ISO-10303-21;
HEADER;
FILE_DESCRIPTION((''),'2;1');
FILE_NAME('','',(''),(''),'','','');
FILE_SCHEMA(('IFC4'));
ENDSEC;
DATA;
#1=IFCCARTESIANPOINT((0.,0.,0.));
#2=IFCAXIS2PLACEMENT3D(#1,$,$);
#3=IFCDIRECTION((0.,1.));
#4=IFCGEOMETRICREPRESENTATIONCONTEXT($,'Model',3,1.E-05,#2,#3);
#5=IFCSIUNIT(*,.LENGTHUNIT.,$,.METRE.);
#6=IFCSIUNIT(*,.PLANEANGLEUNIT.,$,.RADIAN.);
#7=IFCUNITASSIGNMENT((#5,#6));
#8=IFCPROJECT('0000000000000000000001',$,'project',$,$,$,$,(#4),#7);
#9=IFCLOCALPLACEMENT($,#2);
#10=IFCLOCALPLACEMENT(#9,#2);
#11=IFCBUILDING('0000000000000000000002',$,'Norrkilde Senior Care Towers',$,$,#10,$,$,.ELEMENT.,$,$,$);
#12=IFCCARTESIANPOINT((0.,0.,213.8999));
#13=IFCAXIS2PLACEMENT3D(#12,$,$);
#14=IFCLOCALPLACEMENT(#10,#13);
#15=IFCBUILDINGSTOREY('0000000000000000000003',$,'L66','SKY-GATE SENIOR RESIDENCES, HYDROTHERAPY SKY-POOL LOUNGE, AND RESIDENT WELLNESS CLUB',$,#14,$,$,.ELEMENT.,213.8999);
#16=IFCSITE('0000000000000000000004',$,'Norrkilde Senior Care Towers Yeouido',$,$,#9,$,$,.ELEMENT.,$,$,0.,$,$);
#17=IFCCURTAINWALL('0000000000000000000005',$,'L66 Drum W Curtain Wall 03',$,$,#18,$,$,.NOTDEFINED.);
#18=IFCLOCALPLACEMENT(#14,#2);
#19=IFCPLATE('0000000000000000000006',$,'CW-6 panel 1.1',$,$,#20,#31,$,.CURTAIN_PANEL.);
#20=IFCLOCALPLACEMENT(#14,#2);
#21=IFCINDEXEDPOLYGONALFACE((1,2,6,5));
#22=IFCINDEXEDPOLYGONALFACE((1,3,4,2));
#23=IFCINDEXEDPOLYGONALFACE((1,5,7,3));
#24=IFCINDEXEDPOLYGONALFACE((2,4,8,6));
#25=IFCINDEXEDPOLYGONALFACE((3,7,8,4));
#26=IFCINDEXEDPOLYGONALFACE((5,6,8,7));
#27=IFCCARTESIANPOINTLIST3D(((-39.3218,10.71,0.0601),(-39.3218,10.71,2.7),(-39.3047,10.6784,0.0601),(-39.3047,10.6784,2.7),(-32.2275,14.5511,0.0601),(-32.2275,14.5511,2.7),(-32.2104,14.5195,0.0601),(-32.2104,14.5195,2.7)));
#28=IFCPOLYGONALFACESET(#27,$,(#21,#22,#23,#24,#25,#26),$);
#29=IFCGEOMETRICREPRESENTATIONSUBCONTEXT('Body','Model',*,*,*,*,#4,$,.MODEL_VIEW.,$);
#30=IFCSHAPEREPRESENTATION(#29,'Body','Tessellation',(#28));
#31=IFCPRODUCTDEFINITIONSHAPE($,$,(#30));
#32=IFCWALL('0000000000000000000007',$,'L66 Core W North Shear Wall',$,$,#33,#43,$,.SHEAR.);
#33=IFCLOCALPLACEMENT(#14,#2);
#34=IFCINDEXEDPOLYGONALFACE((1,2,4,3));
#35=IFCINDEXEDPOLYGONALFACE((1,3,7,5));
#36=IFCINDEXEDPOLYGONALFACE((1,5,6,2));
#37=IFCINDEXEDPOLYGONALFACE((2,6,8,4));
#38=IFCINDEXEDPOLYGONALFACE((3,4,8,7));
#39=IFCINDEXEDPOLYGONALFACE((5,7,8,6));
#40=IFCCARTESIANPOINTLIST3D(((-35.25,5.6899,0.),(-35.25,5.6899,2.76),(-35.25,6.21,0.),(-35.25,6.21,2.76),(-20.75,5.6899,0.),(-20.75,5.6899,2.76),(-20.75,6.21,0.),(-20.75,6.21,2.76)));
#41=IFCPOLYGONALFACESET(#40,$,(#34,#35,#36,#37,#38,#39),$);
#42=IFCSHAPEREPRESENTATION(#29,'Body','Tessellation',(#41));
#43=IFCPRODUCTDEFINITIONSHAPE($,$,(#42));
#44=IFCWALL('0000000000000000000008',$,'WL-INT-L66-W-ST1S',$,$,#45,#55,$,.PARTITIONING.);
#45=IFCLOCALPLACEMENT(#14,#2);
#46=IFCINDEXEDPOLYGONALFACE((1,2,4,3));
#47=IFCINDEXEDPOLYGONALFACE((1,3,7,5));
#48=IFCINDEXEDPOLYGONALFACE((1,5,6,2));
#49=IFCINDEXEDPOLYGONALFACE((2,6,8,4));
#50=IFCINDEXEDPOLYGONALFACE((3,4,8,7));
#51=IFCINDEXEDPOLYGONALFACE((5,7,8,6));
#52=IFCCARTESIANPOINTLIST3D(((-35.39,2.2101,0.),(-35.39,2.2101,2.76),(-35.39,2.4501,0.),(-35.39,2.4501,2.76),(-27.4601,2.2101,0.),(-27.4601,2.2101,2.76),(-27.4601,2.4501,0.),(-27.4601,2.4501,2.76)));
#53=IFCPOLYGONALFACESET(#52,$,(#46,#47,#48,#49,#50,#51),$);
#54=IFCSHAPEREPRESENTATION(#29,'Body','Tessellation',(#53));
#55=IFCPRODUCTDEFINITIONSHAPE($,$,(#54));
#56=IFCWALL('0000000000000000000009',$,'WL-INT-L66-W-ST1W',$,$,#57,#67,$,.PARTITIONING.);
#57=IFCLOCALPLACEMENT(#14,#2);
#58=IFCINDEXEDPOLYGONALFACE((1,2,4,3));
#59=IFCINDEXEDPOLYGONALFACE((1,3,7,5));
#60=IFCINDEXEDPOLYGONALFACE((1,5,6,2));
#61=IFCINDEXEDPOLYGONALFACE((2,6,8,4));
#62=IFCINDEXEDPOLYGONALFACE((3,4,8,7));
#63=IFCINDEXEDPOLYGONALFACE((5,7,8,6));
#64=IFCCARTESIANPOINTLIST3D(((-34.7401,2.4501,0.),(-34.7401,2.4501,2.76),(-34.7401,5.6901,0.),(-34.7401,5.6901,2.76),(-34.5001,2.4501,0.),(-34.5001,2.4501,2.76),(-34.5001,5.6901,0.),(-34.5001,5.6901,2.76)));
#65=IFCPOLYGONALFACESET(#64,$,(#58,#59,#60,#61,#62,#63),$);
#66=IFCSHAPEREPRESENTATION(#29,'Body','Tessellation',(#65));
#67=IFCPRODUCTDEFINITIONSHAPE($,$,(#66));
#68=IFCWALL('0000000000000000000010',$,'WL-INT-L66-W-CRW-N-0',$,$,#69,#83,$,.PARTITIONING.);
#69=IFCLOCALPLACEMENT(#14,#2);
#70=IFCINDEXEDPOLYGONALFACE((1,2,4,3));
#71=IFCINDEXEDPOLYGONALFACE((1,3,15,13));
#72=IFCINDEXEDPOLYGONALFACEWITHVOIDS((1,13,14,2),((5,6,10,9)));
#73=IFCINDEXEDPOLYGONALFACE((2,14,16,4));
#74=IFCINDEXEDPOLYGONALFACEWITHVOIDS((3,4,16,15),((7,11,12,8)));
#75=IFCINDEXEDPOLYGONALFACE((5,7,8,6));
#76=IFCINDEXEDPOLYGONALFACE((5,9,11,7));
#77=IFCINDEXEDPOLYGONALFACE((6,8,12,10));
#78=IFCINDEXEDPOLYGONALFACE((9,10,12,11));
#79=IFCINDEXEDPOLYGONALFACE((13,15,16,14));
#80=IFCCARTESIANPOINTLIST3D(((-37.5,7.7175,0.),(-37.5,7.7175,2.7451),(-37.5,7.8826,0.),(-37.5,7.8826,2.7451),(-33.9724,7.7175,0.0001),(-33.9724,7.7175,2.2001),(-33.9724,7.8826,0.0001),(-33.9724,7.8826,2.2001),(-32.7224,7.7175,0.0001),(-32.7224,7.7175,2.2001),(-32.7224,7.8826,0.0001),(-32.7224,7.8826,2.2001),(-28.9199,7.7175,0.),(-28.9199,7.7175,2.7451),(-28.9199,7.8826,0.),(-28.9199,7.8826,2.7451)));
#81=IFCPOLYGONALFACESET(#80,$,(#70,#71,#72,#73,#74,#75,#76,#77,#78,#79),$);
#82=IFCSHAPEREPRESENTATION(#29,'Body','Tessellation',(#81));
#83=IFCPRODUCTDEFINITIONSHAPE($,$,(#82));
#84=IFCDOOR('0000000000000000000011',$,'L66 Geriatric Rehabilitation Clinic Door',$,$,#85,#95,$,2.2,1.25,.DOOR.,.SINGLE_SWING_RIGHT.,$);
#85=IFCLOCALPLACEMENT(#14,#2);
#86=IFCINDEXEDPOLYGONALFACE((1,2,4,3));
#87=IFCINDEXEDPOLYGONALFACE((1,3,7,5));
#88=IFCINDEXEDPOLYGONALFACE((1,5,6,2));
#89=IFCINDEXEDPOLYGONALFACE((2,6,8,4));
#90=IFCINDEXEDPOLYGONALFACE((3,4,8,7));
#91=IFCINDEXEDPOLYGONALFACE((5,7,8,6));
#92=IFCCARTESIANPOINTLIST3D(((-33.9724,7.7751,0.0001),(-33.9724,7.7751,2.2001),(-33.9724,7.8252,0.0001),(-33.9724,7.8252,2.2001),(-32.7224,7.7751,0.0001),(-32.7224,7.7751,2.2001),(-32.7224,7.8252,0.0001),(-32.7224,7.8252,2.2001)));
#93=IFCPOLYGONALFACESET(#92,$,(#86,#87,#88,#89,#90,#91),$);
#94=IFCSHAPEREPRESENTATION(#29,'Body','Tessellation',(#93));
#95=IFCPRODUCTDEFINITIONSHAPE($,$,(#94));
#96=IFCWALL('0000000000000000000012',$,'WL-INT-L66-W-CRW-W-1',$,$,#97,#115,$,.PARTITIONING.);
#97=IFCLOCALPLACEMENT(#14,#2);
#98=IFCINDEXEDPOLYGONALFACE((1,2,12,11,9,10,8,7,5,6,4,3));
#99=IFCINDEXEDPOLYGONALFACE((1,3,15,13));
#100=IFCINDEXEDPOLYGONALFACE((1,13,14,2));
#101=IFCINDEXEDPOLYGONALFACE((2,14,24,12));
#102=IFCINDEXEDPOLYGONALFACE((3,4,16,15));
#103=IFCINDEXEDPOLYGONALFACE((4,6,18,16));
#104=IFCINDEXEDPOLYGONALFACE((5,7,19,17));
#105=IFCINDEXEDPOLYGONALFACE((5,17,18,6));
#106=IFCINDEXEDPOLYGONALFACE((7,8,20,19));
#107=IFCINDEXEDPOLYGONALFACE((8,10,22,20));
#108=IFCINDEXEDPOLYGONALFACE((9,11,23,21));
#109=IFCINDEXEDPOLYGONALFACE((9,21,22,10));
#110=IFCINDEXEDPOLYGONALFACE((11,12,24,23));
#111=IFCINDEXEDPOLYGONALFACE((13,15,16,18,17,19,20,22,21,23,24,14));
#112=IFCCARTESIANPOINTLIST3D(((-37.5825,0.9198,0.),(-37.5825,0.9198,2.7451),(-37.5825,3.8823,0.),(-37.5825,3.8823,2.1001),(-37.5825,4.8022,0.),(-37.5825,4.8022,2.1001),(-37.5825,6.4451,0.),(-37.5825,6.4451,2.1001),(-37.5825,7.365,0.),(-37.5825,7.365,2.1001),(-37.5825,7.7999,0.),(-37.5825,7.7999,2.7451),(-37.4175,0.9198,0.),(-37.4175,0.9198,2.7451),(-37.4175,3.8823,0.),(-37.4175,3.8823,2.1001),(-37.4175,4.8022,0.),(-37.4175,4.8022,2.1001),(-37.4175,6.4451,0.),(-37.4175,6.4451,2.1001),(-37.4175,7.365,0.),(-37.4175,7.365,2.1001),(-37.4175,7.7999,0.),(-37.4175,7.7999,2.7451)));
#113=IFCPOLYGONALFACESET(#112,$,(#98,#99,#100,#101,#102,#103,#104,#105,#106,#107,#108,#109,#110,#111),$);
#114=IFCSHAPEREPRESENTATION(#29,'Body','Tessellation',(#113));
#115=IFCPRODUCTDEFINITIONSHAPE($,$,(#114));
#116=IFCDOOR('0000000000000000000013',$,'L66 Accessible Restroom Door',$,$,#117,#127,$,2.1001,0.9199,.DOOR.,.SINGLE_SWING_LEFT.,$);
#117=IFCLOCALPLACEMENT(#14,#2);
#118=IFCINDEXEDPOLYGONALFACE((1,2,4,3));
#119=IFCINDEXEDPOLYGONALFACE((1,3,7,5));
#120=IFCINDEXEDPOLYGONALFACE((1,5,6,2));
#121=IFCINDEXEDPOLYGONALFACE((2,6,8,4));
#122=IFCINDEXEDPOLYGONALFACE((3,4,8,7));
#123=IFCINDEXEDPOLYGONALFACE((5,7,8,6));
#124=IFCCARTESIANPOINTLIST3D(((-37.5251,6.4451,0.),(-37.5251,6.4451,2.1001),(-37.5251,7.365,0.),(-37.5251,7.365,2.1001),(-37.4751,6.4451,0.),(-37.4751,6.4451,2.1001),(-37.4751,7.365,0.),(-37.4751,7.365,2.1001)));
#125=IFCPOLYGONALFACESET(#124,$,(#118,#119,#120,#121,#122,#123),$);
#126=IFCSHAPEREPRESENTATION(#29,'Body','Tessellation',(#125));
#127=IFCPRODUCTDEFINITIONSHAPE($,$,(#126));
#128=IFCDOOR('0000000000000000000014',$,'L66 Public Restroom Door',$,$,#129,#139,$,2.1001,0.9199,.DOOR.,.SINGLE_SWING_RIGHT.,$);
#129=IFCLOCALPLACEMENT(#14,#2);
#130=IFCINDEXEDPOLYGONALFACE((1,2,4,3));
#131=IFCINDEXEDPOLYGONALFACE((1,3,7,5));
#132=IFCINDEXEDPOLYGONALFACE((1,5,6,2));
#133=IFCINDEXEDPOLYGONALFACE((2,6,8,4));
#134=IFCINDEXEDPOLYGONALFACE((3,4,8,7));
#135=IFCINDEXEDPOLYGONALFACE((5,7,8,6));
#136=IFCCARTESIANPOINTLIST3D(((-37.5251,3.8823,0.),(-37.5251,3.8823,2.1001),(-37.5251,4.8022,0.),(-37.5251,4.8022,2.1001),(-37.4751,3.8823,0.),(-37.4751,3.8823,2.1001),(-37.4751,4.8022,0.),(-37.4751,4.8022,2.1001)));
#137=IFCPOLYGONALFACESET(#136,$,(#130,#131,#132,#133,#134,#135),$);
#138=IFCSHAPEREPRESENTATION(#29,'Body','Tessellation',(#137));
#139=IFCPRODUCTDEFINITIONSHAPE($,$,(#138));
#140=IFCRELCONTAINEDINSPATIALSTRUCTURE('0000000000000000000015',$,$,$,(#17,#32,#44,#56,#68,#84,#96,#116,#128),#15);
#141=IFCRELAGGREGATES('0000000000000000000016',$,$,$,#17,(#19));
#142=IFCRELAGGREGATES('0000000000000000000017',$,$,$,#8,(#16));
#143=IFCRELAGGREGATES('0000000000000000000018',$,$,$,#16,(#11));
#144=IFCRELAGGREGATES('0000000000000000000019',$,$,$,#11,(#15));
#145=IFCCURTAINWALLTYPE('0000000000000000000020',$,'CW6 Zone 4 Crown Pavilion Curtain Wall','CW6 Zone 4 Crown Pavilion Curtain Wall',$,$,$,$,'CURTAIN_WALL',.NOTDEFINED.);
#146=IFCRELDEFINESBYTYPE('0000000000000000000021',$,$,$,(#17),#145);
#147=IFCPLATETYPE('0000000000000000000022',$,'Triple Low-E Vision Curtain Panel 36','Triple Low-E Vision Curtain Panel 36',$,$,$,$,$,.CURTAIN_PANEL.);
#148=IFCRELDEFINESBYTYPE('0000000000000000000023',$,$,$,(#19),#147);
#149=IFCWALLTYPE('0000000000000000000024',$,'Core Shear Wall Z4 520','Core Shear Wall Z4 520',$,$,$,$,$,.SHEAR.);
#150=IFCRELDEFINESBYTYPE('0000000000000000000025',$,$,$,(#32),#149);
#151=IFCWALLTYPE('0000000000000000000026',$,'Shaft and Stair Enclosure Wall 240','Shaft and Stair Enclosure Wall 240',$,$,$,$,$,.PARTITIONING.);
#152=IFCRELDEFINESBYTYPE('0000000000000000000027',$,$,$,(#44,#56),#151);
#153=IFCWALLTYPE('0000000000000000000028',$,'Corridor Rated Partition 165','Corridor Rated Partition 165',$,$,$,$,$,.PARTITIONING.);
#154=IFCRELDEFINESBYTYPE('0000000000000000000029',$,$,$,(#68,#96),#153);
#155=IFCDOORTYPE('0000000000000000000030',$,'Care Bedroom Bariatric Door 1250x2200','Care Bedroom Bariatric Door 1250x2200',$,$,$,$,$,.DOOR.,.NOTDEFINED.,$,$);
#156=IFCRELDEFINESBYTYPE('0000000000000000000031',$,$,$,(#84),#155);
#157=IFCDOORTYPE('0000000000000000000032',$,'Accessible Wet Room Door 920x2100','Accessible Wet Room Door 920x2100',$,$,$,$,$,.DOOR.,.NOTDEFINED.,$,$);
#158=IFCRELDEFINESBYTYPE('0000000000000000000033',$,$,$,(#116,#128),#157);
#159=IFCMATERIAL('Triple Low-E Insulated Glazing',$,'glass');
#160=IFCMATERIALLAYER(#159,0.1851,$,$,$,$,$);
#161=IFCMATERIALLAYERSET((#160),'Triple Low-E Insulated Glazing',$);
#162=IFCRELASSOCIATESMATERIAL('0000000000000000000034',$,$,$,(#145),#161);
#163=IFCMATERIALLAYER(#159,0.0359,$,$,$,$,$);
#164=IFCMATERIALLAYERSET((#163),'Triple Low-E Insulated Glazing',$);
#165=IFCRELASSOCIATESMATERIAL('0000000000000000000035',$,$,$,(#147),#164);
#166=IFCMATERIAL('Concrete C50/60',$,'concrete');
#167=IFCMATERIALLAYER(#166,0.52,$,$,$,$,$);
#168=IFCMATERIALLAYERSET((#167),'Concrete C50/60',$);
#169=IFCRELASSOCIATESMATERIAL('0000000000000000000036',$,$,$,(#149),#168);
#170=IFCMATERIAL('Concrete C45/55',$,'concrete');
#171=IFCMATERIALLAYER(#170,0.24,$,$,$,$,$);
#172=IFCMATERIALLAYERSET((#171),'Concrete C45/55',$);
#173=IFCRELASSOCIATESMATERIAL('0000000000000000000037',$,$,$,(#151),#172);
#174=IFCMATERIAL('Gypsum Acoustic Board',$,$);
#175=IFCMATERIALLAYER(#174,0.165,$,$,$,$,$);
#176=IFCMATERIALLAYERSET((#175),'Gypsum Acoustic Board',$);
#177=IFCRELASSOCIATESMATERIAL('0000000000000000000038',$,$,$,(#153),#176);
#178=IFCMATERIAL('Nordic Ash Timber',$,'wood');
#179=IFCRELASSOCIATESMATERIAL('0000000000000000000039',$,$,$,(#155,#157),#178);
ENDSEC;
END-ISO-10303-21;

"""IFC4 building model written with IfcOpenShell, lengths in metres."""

from ifc_helpers import new_model, si_unit, direction, frame, frame_2d, origin, origin_2d, place, context, subcontext, project, spatial, rectangle, extrude, source, transform, mapped, material, layer, layer_set, type_object, type_shapes, element, fill, aggregate, save


model = new_model("IFC4")

# Units and contexts
model_context = context("Model", 3, precision=1e-05, world=origin(), true_north=direction((0.0, 1.0)))
body_context = subcontext(model_context, "Body", "Model", "MODEL_VIEW")
ifc_project = project(units=[si_unit("LENGTHUNIT", "METRE"), si_unit("PLANEANGLEUNIT", "RADIAN")], contexts=[model_context])

# Site, building, storey
site_placement = place(None, origin())
site = spatial("IfcSite", under=ifc_project, at=site_placement, Name="Norrkilde Senior Care Towers Yeouido", CompositionType="ELEMENT", RefElevation=0.0)
building_placement = place(site_placement, origin())
building = spatial("IfcBuilding", under=site, at=building_placement, Name="Norrkilde Senior Care Towers", CompositionType="ELEMENT")
storey_placement = place(building_placement, frame((0.0, 0.0, 213.8999)))
storey = spatial("IfcBuildingStorey", under=building, at=storey_placement, Name="L66", Description="SKY-GATE SENIOR RESIDENCES, HYDROTHERAPY SKY-POOL LOUNGE, AND RESIDENT WELLNESS CLUB", CompositionType="ELEMENT", Elevation=213.8999)

# Shared definitions
ifc_material_1 = material(Name="Concrete C50/60", Category="concrete")

# Curtain wall
ifc_material_2 = material(Name="Triple Low-E Insulated Glazing", Category="glass")
ifc_layer_1 = layer(ifc_material_2, 0.1851)
ifc_layer_set_1 = layer_set([ifc_layer_1], Name="Triple Low-E Insulated Glazing")
curtain_wall_type = type_object("IfcCurtainWallType", Name="CW6 Zone 4 Crown Pavilion Curtain Wall", Description="CW6 Zone 4 Crown Pavilion Curtain Wall", ElementType="CURTAIN_WALL", PredefinedType="NOTDEFINED", material=ifc_layer_set_1)
curtain_wall_1_placement = place(storey_placement, origin())
curtain_wall_1 = element("IfcCurtainWall", 1, at=curtain_wall_1_placement, inside=storey, type_object=curtain_wall_type, Name="L66 Drum W Curtain Wall 03", PredefinedType="NOTDEFINED")

# Plate
ifc_layer_2 = layer(ifc_material_2, 0.0359)
ifc_layer_set_2 = layer_set([ifc_layer_2], Name="Triple Low-E Insulated Glazing")
plate_type = type_object("IfcPlateType", Name="Triple Low-E Vision Curtain Panel 36", Description="Triple Low-E Vision Curtain Panel 36", PredefinedType="CURTAIN_PANEL", material=ifc_layer_set_2)
shared_shape_1 = source(origin(), body_context, "Body", "SweptSolid", [
    extrude(rectangle(XDim=8.0674, YDim=0.0359, at=origin_2d()), origin(), (0.0, 0.0, 1.0), 2.6399),
])
plate_1_placement = place(storey_placement, frame((-35.7661, 12.6147, 0.0601), z_axis=(0.0, 0.0, 1.0), x_axis=(0.879373, 0.476133, 0.0)))
plate_1 = element("IfcPlate", 2, at=plate_1_placement, type_object=plate_type, Name="CW-6 panel 1.1", PredefinedType="CURTAIN_PANEL", context=body_context, shape_type="MappedRepresentation", body=[
    mapped(shared_shape_1, transform((0.0, 0.0, 0.0), x_axis=(1.0, 0.0, 0.0), y_axis=(0.0, 1.0, 0.0), z_axis=(0.0, 0.0, 1.0), scale=1.0)),
])
aggregate(curtain_wall_1, [plate_1])

# Walls
ifc_layer_3 = layer(ifc_material_1, 0.52)
ifc_layer_set_3 = layer_set([ifc_layer_3], Name="Concrete C50/60")
wall_type_1 = type_object("IfcWallType", Name="Core Shear Wall Z4 520", Description="Core Shear Wall Z4 520", PredefinedType="SHEAR", material=ifc_layer_set_3)
shared_shape_2 = source(origin(), body_context, "Body", "SweptSolid", [
    extrude(rectangle(XDim=14.5, YDim=0.52, at=frame_2d((7.25, 0.0))), origin(), (0.0, 0.0, 1.0), 2.76),
])
type_shapes(wall_type_1, [shared_shape_2])
wall_1_placement = place(storey_placement, frame((-35.25, 5.95, 0.0), z_axis=(0.0, 0.0, 1.0), x_axis=(1.0, 0.0, 0.0)))
element("IfcWall", 3, at=wall_1_placement, inside=storey, type_object=wall_type_1, Name="L66 Core W North Shear Wall", PredefinedType="SHEAR", context=body_context, shape_type="MappedRepresentation", body=[
    mapped(shared_shape_2, transform((0.0, 0.0, 0.0), x_axis=(1.0, 0.0, 0.0), y_axis=(0.0, 1.0, 0.0), z_axis=(0.0, 0.0, 1.0), scale=1.0)),
])
ifc_material_3 = material(Name="Concrete C45/55", Category="concrete")
ifc_layer_4 = layer(ifc_material_3, 0.24)
ifc_layer_set_4 = layer_set([ifc_layer_4], Name="Concrete C45/55")
wall_type_2 = type_object("IfcWallType", Name="Shaft and Stair Enclosure Wall 240", Description="Shaft and Stair Enclosure Wall 240", PredefinedType="PARTITIONING", material=ifc_layer_set_4)
shared_shape_3 = source(origin(), body_context, "Body", "SweptSolid", [
    extrude(rectangle(XDim=7.9299, YDim=0.24, at=frame_2d((3.9648, 0.0))), origin(), (0.0, 0.0, 1.0), 2.76),
])
wall_2_placement = place(storey_placement, frame((-35.3899, 2.3301, 0.0), z_axis=(0.0, 0.0, 1.0), x_axis=(1.0, 0.0, 0.0)))
element("IfcWall", 4, at=wall_2_placement, inside=storey, type_object=wall_type_2, Name="WL-INT-L66-W-ST1S", PredefinedType="PARTITIONING", context=body_context, shape_type="MappedRepresentation", body=[
    mapped(shared_shape_3, transform((0.0, 0.0, 0.0), x_axis=(1.0, 0.0, 0.0), y_axis=(0.0, 1.0, 0.0), z_axis=(0.0, 0.0, 1.0), scale=1.0)),
])
shared_shape_4 = source(origin(), body_context, "Body", "SweptSolid", [
    extrude(rectangle(XDim=3.24, YDim=0.24, at=frame_2d((1.6201, 0.0))), origin(), (0.0, 0.0, 1.0), 2.76),
])
type_shapes(wall_type_2, [shared_shape_3, shared_shape_4])
wall_3_placement = place(storey_placement, frame((-34.6201, 2.45, 0.0), z_axis=(0.0, 0.0, 1.0), x_axis=(0.0, 1.0, 0.0)))
element("IfcWall", 5, at=wall_3_placement, inside=storey, type_object=wall_type_2, Name="WL-INT-L66-W-ST1W", PredefinedType="PARTITIONING", context=body_context, shape_type="MappedRepresentation", body=[
    mapped(shared_shape_4, transform((0.0, 0.0, 0.0), x_axis=(1.0, 0.0, 0.0), y_axis=(0.0, 1.0, 0.0), z_axis=(0.0, 0.0, 1.0), scale=1.0)),
])

# Wall, opening, door
ifc_material_4 = material(Name="Gypsum Acoustic Board")
ifc_layer_5 = layer(ifc_material_4, 0.165)
ifc_layer_set_5 = layer_set([ifc_layer_5], Name="Gypsum Acoustic Board")
wall_type_3 = type_object("IfcWallType", Name="Corridor Rated Partition 165", Description="Corridor Rated Partition 165", PredefinedType="PARTITIONING", material=ifc_layer_set_5)
shared_shape_5 = source(origin(), body_context, "Body", "SweptSolid", [
    extrude(rectangle(XDim=8.5801, YDim=0.165, at=frame_2d((4.29, 0.0))), origin(), (0.0, 0.0, 1.0), 2.7451),
])
wall_4_placement = place(storey_placement, frame((-37.5, 7.8, 0.0), z_axis=(0.0, 0.0, 1.0), x_axis=(1.0, 0.0, 0.0)))
wall_4 = element("IfcWall", 6, at=wall_4_placement, inside=storey, type_object=wall_type_3, Name="WL-INT-L66-W-CRW-N-0", PredefinedType="PARTITIONING", context=body_context, shape_type="MappedRepresentation", body=[
    mapped(shared_shape_5, transform((0.0, 0.0, 0.0), x_axis=(1.0, 0.0, 0.0), y_axis=(0.0, 1.0, 0.0), z_axis=(0.0, 0.0, 1.0), scale=1.0)),
])
opening_1_placement = place(wall_4_placement, frame((3.5276, 0.0, 0.0)))
opening_1 = element("IfcOpeningElement", 7, at=opening_1_placement, cuts=wall_4, PredefinedType="OPENING", context=body_context, shape_type="SweptSolid", body=[
    extrude(rectangle(XDim=1.25, YDim=2.2, at=frame_2d((0.625, 1.1001))), frame((0.0, 0.0925, 0.0), z_axis=(0.0, -1.0, 0.0), x_axis=(1.0, 0.0, 0.0)), (0.0, 0.0, 1.0), 0.1851),
])
ifc_material_5 = material(Name="Nordic Ash Timber", Category="wood")
door_type_1 = type_object("IfcDoorType", Name="Care Bedroom Bariatric Door 1250x2200", Description="Care Bedroom Bariatric Door 1250x2200", OperationType="NOTDEFINED", PredefinedType="DOOR", material=ifc_material_5)
shared_shape_6 = source(origin(), body_context, "Body", "SweptSolid", [
    extrude(rectangle(XDim=1.25, YDim=2.2, at=frame_2d((0.625, 1.1001))), frame((0.0, 0.0249, 0.0), z_axis=(0.0, -1.0, 0.0), x_axis=(1.0, 0.0, 0.0)), (0.0, 0.0, 1.0), 0.05),
])
type_shapes(door_type_1, [shared_shape_6])
door_1_placement = place(opening_1_placement, frame((1.25, 0.0, 0.0), z_axis=(0.0, 0.0, 1.0), x_axis=(-1.0, 0.0, 0.0)))
door_1 = element("IfcDoor", 8, at=door_1_placement, inside=storey, type_object=door_type_1, Name="L66 Geriatric Rehabilitation Clinic Door", OperationType="SINGLE_SWING_RIGHT", OverallHeight=2.2, OverallWidth=1.25, PredefinedType="DOOR", context=body_context, shape_type="MappedRepresentation", body=[
    mapped(shared_shape_6, transform((0.0, 0.0, 0.0), x_axis=(1.0, 0.0, 0.0), y_axis=(0.0, 1.0, 0.0), z_axis=(0.0, 0.0, 1.0), scale=1.0)),
])
fill(opening_1, door_1)

# Wall, openings, doors
shared_shape_7 = source(origin(), body_context, "Body", "SweptSolid", [
    extrude(rectangle(XDim=6.8801, YDim=0.165, at=frame_2d((3.4399, 0.0))), origin(), (0.0, 0.0, 1.0), 2.7451),
])
wall_5_placement = place(storey_placement, frame((-37.5, 0.9199, 0.0), z_axis=(0.0, 0.0, 1.0), x_axis=(0.0, 1.0, 0.0)))
wall_5 = element("IfcWall", 9, at=wall_5_placement, inside=storey, type_object=wall_type_3, Name="WL-INT-L66-W-CRW-W-1", PredefinedType="PARTITIONING", context=body_context, shape_type="MappedRepresentation", body=[
    mapped(shared_shape_7, transform((0.0, 0.0, 0.0), x_axis=(1.0, 0.0, 0.0), y_axis=(0.0, 1.0, 0.0), z_axis=(0.0, 0.0, 1.0), scale=1.0)),
])
opening_2_placement = place(wall_5_placement, frame((5.5251, 0.0, 0.0)))
opening_2 = element("IfcOpeningElement", 10, at=opening_2_placement, cuts=wall_5, PredefinedType="OPENING", context=body_context, shape_type="SweptSolid", body=[
    extrude(rectangle(XDim=0.9199, YDim=2.1001, at=frame_2d((0.46, 1.05))), frame((0.0, 0.0925, 0.0), z_axis=(0.0, -1.0, 0.0), x_axis=(1.0, 0.0, 0.0)), (0.0, 0.0, 1.0), 0.1851),
])
opening_3_placement = place(wall_5_placement, frame((2.9624, 0.0, 0.0)))
opening_3 = element("IfcOpeningElement", 11, at=opening_3_placement, cuts=wall_5, PredefinedType="OPENING", context=body_context, shape_type="SweptSolid", body=[
    extrude(rectangle(XDim=0.9199, YDim=2.1001, at=frame_2d((0.46, 1.05))), frame((0.0, 0.0925, 0.0), z_axis=(0.0, -1.0, 0.0), x_axis=(1.0, 0.0, 0.0)), (0.0, 0.0, 1.0), 0.1851),
])
door_type_2 = type_object("IfcDoorType", Name="Accessible Wet Room Door 920x2100", Description="Accessible Wet Room Door 920x2100", OperationType="NOTDEFINED", PredefinedType="DOOR", material=ifc_material_5)
shared_shape_8 = source(origin(), body_context, "Body", "SweptSolid", [
    extrude(rectangle(XDim=0.9199, YDim=2.1001, at=frame_2d((0.46, 1.05))), frame((0.0, 0.0249, 0.0), z_axis=(0.0, -1.0, 0.0), x_axis=(1.0, 0.0, 0.0)), (0.0, 0.0, 1.0), 0.05),
])
type_shapes(door_type_2, [shared_shape_8])
door_2_placement = place(opening_2_placement, frame((0.9199, 0.0, 0.0), z_axis=(0.0, 0.0, 1.0), x_axis=(-1.0, 0.0, 0.0)))
door_2 = element("IfcDoor", 12, at=door_2_placement, inside=storey, type_object=door_type_2, Name="L66 Accessible Restroom Door", OperationType="SINGLE_SWING_LEFT", OverallHeight=2.1001, OverallWidth=0.9199, PredefinedType="DOOR", context=body_context, shape_type="MappedRepresentation", body=[
    mapped(shared_shape_8, transform((0.0, 0.0, 0.0), x_axis=(1.0, 0.0, 0.0), y_axis=(0.0, 1.0, 0.0), z_axis=(0.0, 0.0, 1.0), scale=1.0)),
])
fill(opening_2, door_2)
door_3_placement = place(opening_3_placement, frame((0.9199, 0.0, 0.0), z_axis=(0.0, 0.0, 1.0), x_axis=(-1.0, 0.0, 0.0)))
door_3 = element("IfcDoor", 13, at=door_3_placement, inside=storey, type_object=door_type_2, Name="L66 Public Restroom Door", OperationType="SINGLE_SWING_RIGHT", OverallHeight=2.1001, OverallWidth=0.9199, PredefinedType="DOOR", context=body_context, shape_type="MappedRepresentation", body=[
    mapped(shared_shape_8, transform((0.0, 0.0, 0.0), x_axis=(1.0, 0.0, 0.0), y_axis=(0.0, 1.0, 0.0), z_axis=(0.0, 0.0, 1.0), scale=1.0)),
])
fill(opening_3, door_3)

save(model, "model.ifc")
